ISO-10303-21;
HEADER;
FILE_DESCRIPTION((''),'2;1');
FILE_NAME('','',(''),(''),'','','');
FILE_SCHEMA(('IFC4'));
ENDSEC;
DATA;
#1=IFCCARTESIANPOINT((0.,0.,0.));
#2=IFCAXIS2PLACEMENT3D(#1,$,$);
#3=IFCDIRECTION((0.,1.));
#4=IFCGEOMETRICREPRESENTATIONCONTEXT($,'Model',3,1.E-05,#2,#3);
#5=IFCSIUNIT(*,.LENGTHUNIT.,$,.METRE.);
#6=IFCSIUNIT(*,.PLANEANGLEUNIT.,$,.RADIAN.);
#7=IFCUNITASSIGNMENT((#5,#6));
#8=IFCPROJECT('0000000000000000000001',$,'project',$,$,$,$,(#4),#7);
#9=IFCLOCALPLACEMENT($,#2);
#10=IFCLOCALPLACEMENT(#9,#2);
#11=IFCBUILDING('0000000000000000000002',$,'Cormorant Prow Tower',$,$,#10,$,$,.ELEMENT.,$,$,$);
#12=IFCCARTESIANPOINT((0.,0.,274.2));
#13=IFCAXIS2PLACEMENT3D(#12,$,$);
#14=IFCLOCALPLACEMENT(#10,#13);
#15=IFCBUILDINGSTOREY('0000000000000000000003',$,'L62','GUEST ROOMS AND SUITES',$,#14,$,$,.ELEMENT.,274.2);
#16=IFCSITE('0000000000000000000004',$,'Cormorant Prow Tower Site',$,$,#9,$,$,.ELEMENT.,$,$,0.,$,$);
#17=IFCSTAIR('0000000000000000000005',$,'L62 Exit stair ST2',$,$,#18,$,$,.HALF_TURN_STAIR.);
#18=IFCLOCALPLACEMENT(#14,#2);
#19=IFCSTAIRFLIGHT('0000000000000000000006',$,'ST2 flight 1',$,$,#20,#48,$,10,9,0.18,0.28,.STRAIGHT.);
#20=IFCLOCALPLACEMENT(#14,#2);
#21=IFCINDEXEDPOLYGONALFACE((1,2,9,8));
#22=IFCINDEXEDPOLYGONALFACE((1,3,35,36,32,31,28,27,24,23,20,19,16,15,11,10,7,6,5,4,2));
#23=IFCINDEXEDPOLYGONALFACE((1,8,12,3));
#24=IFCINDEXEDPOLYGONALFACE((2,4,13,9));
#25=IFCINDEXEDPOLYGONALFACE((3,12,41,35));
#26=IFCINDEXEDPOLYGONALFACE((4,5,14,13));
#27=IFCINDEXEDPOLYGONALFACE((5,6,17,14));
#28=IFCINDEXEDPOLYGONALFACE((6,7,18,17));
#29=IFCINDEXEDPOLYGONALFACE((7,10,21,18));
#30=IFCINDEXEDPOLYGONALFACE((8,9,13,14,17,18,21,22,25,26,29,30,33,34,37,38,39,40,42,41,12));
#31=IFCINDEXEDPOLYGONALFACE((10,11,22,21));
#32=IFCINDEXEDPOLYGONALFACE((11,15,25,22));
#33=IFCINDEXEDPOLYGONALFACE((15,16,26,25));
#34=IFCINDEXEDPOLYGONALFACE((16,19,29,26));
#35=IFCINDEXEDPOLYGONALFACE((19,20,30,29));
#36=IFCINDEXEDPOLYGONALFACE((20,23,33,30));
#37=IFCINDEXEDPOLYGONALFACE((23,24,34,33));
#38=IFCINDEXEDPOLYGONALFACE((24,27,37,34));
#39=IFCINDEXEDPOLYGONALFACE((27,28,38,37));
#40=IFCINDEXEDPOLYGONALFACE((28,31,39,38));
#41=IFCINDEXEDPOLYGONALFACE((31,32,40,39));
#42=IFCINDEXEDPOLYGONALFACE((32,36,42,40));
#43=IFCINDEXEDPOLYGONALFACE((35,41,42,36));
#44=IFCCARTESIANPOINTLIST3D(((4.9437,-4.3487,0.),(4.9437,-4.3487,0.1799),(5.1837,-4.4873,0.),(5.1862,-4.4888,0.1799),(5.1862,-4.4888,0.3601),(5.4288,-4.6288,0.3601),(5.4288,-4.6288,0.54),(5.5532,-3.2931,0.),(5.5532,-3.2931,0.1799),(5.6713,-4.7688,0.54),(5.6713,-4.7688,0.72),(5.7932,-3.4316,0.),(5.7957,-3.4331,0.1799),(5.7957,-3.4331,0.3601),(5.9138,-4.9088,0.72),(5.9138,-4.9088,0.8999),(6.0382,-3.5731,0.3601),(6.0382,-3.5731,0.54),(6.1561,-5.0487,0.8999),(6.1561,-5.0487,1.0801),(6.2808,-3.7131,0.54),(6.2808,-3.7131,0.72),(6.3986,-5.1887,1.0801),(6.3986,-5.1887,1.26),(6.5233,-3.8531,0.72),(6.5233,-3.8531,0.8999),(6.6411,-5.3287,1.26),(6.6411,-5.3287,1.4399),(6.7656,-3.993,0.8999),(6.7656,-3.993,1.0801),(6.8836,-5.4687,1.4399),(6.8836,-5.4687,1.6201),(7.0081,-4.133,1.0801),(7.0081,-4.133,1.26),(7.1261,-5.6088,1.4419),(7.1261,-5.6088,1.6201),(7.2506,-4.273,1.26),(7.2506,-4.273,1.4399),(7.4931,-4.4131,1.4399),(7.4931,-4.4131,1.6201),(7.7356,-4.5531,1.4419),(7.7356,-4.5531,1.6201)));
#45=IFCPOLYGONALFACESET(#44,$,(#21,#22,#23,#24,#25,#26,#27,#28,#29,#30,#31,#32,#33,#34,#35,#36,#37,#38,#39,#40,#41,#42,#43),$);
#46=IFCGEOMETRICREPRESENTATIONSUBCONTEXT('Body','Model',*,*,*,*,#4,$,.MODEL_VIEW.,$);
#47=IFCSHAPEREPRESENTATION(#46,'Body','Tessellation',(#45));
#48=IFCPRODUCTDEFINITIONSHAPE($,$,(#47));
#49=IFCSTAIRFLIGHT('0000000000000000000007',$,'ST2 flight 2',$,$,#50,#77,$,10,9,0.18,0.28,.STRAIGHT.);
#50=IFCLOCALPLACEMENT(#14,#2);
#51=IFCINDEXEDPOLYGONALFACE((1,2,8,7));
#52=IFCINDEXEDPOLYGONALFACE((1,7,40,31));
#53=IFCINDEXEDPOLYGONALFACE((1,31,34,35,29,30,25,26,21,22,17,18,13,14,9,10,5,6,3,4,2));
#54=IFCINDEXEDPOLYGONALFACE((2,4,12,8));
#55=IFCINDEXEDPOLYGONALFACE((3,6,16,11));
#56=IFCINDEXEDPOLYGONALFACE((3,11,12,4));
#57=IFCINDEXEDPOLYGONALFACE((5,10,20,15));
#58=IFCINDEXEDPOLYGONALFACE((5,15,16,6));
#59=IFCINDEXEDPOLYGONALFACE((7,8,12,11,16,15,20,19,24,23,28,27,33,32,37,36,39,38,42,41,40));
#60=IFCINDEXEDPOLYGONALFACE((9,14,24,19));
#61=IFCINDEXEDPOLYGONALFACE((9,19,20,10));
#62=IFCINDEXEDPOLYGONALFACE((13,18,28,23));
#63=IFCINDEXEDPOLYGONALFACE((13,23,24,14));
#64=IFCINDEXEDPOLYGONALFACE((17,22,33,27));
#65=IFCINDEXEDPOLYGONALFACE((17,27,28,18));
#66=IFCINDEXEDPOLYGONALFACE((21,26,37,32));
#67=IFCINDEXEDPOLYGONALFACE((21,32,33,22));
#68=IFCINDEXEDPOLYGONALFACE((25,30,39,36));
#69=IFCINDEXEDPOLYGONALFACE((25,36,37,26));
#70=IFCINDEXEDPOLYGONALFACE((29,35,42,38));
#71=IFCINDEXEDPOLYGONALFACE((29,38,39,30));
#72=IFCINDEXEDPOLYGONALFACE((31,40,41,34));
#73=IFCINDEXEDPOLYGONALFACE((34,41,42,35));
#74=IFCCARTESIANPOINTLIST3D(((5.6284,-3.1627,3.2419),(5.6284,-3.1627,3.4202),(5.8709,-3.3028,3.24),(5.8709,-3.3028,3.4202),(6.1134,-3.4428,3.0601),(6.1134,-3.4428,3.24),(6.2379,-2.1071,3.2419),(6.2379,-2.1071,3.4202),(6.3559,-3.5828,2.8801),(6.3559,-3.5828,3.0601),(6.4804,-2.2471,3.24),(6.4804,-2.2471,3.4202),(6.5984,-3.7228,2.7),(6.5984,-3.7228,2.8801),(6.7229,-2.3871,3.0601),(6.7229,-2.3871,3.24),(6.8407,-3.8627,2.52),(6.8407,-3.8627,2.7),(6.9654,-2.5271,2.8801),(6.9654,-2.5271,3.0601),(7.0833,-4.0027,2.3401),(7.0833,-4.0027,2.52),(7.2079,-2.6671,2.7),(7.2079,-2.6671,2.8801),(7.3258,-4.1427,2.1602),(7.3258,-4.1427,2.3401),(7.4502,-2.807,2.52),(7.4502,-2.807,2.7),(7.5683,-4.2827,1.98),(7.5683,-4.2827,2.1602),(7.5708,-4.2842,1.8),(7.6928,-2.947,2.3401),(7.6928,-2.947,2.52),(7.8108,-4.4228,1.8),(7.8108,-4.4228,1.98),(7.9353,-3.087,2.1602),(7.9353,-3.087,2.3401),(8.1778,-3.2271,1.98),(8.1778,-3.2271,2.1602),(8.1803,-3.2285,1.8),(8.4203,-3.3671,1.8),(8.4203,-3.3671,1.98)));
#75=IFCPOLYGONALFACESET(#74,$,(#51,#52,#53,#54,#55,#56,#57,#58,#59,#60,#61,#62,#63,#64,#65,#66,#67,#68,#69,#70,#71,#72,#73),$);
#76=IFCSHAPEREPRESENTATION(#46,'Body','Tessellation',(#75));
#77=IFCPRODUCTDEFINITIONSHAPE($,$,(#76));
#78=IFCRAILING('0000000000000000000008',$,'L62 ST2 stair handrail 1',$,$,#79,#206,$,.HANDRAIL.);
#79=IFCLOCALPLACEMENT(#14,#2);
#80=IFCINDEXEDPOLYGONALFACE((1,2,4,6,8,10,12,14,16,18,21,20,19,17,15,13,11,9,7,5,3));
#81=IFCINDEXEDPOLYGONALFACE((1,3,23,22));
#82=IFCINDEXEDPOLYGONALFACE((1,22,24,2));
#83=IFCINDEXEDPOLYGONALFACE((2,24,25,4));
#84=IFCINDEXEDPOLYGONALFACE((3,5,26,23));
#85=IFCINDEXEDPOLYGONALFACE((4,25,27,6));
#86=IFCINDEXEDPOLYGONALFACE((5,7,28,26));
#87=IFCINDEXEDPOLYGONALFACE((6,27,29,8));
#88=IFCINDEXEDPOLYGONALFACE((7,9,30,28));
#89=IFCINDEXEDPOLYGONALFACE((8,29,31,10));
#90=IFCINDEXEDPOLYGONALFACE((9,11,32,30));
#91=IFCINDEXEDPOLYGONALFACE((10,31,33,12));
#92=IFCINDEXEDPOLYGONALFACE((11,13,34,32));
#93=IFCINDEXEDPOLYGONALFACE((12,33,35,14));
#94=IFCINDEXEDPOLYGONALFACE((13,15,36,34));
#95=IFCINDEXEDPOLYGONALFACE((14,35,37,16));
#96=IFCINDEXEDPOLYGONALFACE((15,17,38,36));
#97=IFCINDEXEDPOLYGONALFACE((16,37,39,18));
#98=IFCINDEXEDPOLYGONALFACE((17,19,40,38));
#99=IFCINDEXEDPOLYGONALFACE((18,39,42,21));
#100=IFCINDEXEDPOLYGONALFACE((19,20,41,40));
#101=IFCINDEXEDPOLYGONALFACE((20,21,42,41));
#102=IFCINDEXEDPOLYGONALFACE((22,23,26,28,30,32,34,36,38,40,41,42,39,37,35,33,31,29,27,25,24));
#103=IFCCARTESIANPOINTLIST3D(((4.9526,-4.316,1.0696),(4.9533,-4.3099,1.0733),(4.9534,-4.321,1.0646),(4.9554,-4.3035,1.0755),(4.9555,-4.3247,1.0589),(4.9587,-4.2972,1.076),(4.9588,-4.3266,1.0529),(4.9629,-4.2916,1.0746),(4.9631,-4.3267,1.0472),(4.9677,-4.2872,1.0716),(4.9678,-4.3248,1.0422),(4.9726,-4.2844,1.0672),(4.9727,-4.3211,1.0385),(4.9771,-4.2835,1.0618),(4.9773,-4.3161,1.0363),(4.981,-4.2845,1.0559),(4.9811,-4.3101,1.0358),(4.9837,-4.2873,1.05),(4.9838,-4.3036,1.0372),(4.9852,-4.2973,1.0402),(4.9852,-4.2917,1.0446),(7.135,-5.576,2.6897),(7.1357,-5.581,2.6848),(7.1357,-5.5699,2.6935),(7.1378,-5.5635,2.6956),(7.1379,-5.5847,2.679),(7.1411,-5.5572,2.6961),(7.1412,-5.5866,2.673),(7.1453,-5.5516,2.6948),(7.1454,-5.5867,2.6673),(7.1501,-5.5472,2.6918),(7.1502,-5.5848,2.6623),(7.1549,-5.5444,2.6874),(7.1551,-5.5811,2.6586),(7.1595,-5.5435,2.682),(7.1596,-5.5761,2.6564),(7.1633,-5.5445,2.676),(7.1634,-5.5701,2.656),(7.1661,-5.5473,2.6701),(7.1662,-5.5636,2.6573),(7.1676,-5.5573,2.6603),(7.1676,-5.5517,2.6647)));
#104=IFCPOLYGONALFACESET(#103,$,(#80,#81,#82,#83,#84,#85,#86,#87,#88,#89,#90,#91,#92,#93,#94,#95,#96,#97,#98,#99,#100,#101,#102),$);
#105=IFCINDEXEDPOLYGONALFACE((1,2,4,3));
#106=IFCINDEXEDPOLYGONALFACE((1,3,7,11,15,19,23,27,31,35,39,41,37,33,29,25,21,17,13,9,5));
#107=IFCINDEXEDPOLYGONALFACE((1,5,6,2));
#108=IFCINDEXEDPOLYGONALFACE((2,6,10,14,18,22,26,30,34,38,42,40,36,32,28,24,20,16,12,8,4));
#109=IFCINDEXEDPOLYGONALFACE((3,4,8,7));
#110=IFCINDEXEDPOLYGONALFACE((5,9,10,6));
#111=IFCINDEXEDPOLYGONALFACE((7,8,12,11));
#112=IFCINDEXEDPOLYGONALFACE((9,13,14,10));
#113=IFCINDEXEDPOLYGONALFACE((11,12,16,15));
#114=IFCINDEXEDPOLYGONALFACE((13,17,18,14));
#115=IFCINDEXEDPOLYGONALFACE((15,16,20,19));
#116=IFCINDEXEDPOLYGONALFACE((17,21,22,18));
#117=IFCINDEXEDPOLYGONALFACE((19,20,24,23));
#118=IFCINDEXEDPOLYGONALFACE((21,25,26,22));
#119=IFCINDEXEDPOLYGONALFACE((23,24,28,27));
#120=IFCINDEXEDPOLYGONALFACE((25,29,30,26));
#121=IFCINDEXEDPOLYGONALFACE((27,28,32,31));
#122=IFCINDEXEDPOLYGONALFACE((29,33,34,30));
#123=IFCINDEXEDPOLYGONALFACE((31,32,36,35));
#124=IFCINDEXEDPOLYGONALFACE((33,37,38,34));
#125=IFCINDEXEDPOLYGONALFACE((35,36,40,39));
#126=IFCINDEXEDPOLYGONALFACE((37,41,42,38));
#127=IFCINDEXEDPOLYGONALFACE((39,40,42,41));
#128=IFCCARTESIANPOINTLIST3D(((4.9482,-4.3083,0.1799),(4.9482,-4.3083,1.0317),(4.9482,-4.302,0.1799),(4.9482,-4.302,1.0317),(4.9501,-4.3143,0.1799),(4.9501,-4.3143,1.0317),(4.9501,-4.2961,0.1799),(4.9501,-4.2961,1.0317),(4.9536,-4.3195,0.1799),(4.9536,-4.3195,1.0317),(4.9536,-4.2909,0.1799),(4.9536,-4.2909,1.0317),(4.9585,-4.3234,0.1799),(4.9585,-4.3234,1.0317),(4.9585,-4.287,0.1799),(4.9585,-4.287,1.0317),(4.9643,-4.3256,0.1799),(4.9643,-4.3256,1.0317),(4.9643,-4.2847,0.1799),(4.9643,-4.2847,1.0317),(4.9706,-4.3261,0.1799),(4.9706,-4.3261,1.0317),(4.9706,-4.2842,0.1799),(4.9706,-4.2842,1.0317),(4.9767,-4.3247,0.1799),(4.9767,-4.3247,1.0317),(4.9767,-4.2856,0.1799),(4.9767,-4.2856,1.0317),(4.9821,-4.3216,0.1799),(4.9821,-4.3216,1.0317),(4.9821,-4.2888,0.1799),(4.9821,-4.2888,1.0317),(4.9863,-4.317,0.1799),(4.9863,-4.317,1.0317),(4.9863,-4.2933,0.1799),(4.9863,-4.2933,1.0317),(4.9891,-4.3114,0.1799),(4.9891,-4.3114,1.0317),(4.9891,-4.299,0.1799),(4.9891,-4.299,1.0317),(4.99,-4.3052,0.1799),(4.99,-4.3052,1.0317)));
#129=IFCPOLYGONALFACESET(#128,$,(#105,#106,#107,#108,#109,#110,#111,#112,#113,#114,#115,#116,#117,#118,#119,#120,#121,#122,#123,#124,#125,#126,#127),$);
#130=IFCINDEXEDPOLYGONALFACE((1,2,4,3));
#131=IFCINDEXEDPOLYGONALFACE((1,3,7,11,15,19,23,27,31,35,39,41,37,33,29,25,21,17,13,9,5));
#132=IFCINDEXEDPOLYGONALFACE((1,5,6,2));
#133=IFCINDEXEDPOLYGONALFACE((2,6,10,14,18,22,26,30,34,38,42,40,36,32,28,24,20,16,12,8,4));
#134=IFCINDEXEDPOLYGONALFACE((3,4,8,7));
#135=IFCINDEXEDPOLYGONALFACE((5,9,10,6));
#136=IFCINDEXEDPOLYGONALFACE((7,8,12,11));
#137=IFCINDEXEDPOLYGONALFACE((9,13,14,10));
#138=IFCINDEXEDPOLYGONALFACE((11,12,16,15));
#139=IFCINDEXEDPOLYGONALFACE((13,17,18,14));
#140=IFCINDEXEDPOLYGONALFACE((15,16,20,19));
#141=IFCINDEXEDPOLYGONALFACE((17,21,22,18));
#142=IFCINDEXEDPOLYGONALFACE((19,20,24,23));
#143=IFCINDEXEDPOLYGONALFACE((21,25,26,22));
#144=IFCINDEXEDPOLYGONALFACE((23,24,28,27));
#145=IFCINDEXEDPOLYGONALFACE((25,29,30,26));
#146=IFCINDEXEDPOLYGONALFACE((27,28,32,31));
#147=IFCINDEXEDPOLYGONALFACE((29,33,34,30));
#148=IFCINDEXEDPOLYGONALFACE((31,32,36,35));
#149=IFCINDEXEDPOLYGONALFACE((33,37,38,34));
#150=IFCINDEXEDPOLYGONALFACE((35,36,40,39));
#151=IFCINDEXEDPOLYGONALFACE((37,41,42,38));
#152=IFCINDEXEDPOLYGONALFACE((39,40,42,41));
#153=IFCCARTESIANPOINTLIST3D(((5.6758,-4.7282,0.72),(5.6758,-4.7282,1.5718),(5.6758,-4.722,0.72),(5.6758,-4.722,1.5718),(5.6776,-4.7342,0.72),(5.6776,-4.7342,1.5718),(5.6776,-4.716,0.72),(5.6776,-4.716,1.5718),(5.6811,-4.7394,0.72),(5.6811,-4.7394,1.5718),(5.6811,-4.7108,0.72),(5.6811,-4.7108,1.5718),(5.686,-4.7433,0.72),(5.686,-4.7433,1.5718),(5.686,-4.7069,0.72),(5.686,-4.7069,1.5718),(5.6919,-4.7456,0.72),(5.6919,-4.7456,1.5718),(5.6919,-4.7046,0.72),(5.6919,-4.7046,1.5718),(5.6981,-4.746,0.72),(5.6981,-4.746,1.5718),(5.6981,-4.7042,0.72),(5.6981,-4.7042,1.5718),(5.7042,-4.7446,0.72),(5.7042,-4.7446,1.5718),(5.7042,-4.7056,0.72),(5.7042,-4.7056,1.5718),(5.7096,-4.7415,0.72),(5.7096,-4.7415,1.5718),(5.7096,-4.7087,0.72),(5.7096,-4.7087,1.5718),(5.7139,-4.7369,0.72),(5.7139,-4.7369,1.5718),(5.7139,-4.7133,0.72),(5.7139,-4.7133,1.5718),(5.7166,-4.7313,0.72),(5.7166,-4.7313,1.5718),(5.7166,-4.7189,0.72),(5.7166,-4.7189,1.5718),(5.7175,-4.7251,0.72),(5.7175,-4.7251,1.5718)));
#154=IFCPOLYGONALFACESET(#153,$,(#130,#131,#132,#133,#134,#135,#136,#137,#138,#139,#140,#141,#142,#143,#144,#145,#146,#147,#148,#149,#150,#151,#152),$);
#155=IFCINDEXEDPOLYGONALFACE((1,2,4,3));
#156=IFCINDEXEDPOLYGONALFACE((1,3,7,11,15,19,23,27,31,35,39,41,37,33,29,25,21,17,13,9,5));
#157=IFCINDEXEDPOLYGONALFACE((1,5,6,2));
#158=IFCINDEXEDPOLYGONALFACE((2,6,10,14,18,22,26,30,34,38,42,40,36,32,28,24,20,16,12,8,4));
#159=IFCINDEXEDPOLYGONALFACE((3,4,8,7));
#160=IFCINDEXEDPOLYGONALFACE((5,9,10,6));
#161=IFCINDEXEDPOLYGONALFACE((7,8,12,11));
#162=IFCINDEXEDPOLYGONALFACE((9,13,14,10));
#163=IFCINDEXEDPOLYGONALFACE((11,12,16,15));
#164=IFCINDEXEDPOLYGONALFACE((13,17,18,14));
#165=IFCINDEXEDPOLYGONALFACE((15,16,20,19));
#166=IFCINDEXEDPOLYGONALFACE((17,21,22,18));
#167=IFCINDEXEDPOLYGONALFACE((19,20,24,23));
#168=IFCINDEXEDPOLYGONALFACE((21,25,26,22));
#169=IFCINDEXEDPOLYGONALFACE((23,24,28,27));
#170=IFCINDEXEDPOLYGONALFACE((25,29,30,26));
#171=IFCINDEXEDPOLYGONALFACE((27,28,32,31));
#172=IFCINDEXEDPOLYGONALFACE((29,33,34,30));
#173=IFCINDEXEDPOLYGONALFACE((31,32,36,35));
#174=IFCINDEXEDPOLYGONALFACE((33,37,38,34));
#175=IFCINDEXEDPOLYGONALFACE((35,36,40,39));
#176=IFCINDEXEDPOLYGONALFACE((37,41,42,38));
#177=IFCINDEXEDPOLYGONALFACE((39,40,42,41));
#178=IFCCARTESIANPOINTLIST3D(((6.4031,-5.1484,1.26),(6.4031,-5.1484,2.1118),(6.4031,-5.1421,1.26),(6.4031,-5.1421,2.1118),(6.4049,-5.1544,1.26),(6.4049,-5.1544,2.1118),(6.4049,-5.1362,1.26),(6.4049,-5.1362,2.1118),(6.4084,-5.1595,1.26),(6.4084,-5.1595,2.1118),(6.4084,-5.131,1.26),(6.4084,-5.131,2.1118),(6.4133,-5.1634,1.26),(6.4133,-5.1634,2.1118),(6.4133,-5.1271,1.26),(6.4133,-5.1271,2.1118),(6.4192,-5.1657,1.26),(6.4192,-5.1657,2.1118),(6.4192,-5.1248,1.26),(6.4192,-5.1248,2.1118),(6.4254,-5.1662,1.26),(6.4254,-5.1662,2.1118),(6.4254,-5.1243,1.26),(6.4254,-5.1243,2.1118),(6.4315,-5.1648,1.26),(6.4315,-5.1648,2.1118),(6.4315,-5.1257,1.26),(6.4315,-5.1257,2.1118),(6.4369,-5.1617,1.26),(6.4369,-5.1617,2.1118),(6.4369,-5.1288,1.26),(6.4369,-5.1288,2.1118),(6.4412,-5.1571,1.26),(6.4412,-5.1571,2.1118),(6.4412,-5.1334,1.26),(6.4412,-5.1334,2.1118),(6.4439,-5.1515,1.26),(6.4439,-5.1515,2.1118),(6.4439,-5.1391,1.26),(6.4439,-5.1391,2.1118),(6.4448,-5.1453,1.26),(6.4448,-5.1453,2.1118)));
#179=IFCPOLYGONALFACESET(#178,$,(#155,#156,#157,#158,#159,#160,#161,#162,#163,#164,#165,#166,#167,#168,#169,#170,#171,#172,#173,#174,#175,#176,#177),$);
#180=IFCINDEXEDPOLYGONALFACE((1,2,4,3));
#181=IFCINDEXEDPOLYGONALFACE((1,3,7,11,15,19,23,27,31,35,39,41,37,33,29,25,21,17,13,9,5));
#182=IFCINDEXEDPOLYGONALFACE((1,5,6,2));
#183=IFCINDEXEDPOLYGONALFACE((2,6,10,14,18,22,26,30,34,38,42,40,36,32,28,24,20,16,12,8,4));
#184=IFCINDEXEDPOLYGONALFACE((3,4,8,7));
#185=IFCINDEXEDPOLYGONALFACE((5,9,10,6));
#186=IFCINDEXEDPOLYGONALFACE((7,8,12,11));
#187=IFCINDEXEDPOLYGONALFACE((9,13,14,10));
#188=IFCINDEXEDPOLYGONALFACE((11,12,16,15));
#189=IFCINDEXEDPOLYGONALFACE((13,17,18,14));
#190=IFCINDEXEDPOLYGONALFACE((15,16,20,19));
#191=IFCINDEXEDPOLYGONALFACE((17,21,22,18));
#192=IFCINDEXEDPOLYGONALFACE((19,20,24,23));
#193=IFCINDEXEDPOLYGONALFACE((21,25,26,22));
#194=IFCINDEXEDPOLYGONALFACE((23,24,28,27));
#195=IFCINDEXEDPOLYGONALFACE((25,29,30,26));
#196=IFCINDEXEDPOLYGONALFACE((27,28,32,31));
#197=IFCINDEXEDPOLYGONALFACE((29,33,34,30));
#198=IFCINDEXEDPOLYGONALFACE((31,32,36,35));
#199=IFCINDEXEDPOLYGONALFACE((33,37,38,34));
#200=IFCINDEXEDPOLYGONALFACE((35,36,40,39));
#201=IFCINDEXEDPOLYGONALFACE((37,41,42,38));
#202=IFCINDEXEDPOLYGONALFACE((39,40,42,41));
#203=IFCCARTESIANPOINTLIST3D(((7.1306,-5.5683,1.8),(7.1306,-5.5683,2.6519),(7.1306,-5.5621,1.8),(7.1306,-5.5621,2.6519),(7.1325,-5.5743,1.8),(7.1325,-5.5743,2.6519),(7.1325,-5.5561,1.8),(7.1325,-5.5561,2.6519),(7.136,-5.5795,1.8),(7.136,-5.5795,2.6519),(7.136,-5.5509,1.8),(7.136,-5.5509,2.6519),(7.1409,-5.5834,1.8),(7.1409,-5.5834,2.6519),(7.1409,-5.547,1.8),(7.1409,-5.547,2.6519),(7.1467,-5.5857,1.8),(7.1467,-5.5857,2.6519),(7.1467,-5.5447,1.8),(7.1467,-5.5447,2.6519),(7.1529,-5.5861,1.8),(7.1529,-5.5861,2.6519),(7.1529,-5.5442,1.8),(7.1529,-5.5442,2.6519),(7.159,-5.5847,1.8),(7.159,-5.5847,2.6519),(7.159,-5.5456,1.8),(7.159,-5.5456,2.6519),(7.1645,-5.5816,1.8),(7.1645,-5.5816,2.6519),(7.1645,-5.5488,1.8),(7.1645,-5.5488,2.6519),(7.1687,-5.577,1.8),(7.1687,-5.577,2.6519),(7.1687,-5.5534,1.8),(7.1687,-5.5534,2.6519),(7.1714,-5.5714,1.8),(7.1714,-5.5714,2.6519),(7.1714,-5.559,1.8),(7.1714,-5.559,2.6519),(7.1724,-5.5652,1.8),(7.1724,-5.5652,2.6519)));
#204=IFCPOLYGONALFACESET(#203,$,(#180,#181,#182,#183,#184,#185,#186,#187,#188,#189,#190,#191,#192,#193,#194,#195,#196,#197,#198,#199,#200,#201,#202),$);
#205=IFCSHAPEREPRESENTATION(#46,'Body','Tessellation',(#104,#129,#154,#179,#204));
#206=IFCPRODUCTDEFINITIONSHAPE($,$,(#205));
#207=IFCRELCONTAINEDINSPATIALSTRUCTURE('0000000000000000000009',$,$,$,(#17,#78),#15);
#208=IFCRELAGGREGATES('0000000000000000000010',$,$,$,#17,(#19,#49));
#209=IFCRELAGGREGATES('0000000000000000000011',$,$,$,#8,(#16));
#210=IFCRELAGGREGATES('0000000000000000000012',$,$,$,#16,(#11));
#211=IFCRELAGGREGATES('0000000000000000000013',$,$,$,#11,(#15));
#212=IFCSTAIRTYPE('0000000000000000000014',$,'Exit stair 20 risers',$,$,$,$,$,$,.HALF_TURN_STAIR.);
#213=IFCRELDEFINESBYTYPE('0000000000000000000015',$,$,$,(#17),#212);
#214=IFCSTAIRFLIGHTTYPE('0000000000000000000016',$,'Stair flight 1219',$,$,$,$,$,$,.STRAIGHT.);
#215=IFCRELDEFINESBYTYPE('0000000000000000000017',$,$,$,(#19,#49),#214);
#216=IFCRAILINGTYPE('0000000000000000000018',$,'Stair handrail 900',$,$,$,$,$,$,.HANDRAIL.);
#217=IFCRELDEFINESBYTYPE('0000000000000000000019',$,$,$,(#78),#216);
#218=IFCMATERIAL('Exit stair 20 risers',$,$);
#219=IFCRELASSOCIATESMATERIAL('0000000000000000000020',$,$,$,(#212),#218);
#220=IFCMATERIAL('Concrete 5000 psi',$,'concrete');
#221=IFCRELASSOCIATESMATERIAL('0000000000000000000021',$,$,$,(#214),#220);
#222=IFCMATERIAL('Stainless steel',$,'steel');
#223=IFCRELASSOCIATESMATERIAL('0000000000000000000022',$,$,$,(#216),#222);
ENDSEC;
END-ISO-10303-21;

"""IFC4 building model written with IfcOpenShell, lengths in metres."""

from ifc_helpers import new_model, si_unit, direction, frame, origin, origin_2d, place, context, subcontext, project, spatial, polyline, circle, outline, extrude, material, type_object, element, aggregate, save


model = new_model("IFC4")

# Units and contexts
model_context = context("Model", 3, precision=1e-05, world=origin(), true_north=direction((0.0, 1.0)))
body_context = subcontext(model_context, "Body", "Model", "MODEL_VIEW")
ifc_project = project(units=[si_unit("LENGTHUNIT", "METRE"), si_unit("PLANEANGLEUNIT", "RADIAN")], contexts=[model_context])

# Site, building, storey
site_placement = place(None, origin())
site = spatial("IfcSite", under=ifc_project, at=site_placement, Name="Cormorant Prow Tower Site", CompositionType="ELEMENT", RefElevation=0.0)
building_placement = place(site_placement, origin())
building = spatial("IfcBuilding", under=site, at=building_placement, Name="Cormorant Prow Tower", CompositionType="ELEMENT")
storey_placement = place(building_placement, frame((0.0, 0.0, 274.2)))
storey = spatial("IfcBuildingStorey", under=building, at=storey_placement, Name="L62", Description="GUEST ROOMS AND SUITES", CompositionType="ELEMENT", Elevation=274.2)

# Stair, stair flights
ifc_material_1 = material(Name="Exit stair 20 risers")
stair_type = type_object("IfcStairType", Name="Exit stair 20 risers", PredefinedType="HALF_TURN_STAIR", material=ifc_material_1)
stair_placement = place(storey_placement, origin())
stair = element("IfcStair", 1, at=stair_placement, inside=storey, type_object=stair_type, Name="L62 Exit stair ST2", PredefinedType="HALF_TURN_STAIR")
ifc_material_2 = material(Name="Concrete 5000 psi", Category="concrete")
stair_flight_type = type_object("IfcStairFlightType", Name="Stair flight 1219", PredefinedType="STRAIGHT", material=ifc_material_2)
stair_flight_1_placement = place(storey_placement, frame((5.2485, -3.8208, 0.0), z_axis=(0.0, 0.0, 1.0), x_axis=(0.866025, -0.5, 0.0)))
stair_flight_1 = element("IfcStairFlight", 2, at=stair_flight_1_placement, type_object=stair_flight_type, Name="ST2 flight 1", NumberOfRisers=10, NumberOfTreads=9, PredefinedType="STRAIGHT", RiserHeight=0.18, TreadLength=0.28, context=body_context, shape_type="SweptSolid", body=[
    extrude(outline(polyline([(0.0, 0.0), (0.0, 0.1799), (0.28, 0.1799), (0.28, 0.3601), (0.5601, 0.3601), (0.5601, 0.54), (0.8401, 0.54), (0.8401, 0.72), (1.1201, 0.72), (1.1201, 0.8999), (1.3999, 0.8999), (1.3999, 1.0801), (1.6799, 1.0801), (1.6799, 1.26), (1.96, 1.26), (1.96, 1.4399), (2.24, 1.4399), (2.24, 1.6201), (2.52, 1.6201), (2.52, 1.8), (2.52, 1.4419), (0.2771, 0.0), (0.0, 0.0)])), frame((0.0, 0.6094, 0.0), z_axis=(0.0, -1.0, 0.0), x_axis=(1.0, 0.0, 0.0)), (0.0, 0.0, 1.0), 1.219),
])
stair_flight_2_placement = place(storey_placement, frame((8.1155, -3.895, 1.8), z_axis=(0.0, 0.0, 1.0), x_axis=(-0.866025, 0.5, 0.0)))
stair_flight_2 = element("IfcStairFlight", 3, at=stair_flight_2_placement, type_object=stair_flight_type, Name="ST2 flight 2", NumberOfRisers=10, NumberOfTreads=9, PredefinedType="STRAIGHT", RiserHeight=0.18, TreadLength=0.28, context=body_context, shape_type="SweptSolid", body=[
    extrude(outline(polyline([(0.0, 0.0), (0.0, 0.1799), (0.28, 0.1799), (0.28, 0.3601), (0.5601, 0.3601), (0.5601, 0.54), (0.8401, 0.54), (0.8401, 0.72), (1.1201, 0.72), (1.1201, 0.8999), (1.3999, 0.8999), (1.3999, 1.0801), (1.6799, 1.0801), (1.6799, 1.26), (1.96, 1.26), (1.96, 1.4399), (2.24, 1.4399), (2.24, 1.6201), (2.52, 1.6201), (2.52, 1.8), (2.52, 1.4419), (0.2771, 0.0), (0.0, 0.0)])), frame((0.0, 0.6094, 0.0), z_axis=(0.0, -1.0, 0.0), x_axis=(1.0, 0.0, 0.0)), (0.0, 0.0, 1.0), 1.219),
])
aggregate(stair, [stair_flight_1, stair_flight_2])

# Railing
ifc_material_3 = material(Name="Stainless steel", Category="steel")
railing_type_1 = type_object("IfcRailingType", Name="Stair handrail 900", PredefinedType="HANDRAIL", material=ifc_material_3)
railing_1_placement = place(storey_placement, frame((4.969, -4.3052, 0.1799)))
element("IfcRailing", 4, at=railing_1_placement, inside=storey, type_object=railing_type_1, Name="L62 ST2 stair handrail 1", PredefinedType="HANDRAIL", context=body_context, shape_type="SweptSolid", body=[
    extrude(circle(Radius=0.0239, at=origin_2d()), frame((0.0, 0.0, 0.876), z_axis=(0.728464, -0.420584, 0.540786), x_axis=(0.500005, 0.866023, 0.0)), (0.0, 0.0, 1.0), 2.9958),
    extrude(circle(Radius=0.021, at=origin_2d()), origin(), (0.0, 0.0, 1.0), 0.8518),
    extrude(circle(Radius=0.021, at=origin_2d()), frame((0.7275, -0.4199, 0.54)), (0.0, 0.0, 1.0), 0.8518),
    extrude(circle(Radius=0.021, at=origin_2d()), frame((1.4548, -0.8401, 1.0801)), (0.0, 0.0, 1.0), 0.8518),
    extrude(circle(Radius=0.021, at=origin_2d()), frame((2.1824, -1.26, 1.6201)), (0.0, 0.0, 1.0), 0.8518),
])

save(model, "model.ifc")
